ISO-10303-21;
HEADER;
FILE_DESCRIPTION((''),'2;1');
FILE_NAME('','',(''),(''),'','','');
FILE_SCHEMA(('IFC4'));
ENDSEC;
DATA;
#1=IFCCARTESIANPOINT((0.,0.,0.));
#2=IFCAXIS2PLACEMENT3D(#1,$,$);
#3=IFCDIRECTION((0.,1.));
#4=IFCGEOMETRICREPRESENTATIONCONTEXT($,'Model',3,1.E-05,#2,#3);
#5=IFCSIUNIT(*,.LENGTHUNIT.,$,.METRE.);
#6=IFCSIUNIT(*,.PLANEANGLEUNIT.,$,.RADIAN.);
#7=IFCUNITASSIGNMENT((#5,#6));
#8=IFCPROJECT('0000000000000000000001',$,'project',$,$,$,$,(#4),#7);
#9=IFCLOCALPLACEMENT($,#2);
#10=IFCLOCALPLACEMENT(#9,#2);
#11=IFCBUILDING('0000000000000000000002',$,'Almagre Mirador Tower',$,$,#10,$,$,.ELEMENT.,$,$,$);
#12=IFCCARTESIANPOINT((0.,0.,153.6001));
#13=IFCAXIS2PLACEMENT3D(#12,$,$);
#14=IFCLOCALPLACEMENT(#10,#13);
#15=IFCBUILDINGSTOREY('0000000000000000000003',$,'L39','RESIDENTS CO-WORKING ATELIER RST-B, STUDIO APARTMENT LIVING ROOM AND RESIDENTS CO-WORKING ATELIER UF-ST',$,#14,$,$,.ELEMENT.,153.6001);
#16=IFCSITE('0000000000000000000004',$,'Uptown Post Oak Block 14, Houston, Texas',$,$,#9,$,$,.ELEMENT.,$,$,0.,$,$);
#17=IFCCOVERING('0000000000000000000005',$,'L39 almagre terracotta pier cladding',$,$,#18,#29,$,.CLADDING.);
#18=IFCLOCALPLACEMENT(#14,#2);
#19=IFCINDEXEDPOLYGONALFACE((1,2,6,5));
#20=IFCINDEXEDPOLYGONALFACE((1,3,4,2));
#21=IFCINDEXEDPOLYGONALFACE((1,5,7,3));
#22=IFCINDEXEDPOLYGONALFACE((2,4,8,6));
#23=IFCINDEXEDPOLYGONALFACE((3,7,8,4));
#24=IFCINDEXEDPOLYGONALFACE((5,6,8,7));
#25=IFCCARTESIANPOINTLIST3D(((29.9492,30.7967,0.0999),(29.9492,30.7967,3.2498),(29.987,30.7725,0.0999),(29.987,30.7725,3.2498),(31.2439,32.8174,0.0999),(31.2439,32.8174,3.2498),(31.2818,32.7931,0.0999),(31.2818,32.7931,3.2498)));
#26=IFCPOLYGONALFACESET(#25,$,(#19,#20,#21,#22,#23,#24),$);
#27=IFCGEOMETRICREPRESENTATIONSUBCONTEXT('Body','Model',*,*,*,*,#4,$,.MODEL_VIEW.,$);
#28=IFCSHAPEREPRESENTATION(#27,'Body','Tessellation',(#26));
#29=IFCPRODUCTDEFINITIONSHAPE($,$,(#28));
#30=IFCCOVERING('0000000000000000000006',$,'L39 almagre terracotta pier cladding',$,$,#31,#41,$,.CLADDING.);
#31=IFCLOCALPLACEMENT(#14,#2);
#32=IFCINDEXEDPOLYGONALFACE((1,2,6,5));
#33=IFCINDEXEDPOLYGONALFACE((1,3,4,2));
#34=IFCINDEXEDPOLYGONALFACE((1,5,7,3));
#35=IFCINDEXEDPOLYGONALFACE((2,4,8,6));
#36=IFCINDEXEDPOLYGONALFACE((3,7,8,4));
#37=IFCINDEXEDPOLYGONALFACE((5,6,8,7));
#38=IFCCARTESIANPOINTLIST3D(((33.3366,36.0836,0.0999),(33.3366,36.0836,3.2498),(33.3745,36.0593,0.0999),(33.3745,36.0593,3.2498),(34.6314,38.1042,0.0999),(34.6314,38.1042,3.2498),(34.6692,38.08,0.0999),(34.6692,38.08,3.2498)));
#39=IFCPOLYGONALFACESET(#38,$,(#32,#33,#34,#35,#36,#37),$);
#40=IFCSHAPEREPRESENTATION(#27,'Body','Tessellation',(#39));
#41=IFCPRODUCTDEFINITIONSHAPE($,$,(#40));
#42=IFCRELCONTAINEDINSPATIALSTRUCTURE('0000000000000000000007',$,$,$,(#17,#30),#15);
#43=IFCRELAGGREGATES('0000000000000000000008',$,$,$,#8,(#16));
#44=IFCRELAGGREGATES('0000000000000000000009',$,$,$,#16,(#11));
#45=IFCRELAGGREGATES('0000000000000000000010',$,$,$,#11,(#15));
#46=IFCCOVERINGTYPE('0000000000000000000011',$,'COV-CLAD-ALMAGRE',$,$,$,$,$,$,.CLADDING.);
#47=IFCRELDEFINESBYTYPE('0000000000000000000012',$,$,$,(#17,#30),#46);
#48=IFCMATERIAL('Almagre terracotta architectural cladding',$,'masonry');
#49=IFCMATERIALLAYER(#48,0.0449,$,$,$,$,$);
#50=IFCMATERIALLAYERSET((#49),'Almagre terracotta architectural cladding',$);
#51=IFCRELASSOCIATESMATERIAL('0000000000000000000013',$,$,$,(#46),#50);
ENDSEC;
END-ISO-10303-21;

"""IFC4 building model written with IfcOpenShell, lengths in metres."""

from ifc_helpers import new_model, si_unit, direction, frame, origin, origin_2d, place, context, subcontext, project, spatial, rectangle, extrude, material, layer, layer_set, type_object, element, save


model = new_model("IFC4")

# Units and contexts
model_context = context("Model", 3, precision=1e-05, world=origin(), true_north=direction((0.0, 1.0)))
body_context = subcontext(model_context, "Body", "Model", "MODEL_VIEW")
ifc_project = project(units=[si_unit("LENGTHUNIT", "METRE"), si_unit("PLANEANGLEUNIT", "RADIAN")], contexts=[model_context])

# Site, building, storey
site_placement = place(None, origin())
site = spatial("IfcSite", under=ifc_project, at=site_placement, Name="Uptown Post Oak Block 14, Houston, Texas", CompositionType="ELEMENT", RefElevation=0.0)
building_placement = place(site_placement, origin())
building = spatial("IfcBuilding", under=site, at=building_placement, Name="Almagre Mirador Tower", CompositionType="ELEMENT")
storey_placement = place(building_placement, frame((0.0, 0.0, 153.6001)))
storey = spatial("IfcBuildingStorey", under=building, at=storey_placement, Name="L39", Description="RESIDENTS CO-WORKING ATELIER RST-B, STUDIO APARTMENT LIVING ROOM AND RESIDENTS CO-WORKING ATELIER UF-ST", CompositionType="ELEMENT", Elevation=153.6001)

# Coverings
ifc_material_1 = material(Name="Almagre terracotta architectural cladding", Category="masonry")
ifc_layer_1 = layer(ifc_material_1, 0.0449)
ifc_layer_set_1 = layer_set([ifc_layer_1], Name="Almagre terracotta architectural cladding")
covering_type = type_object("IfcCoveringType", Name="COV-CLAD-ALMAGRE", PredefinedType="CLADDING", material=ifc_layer_set_1)
for number, where, z_axis, x_axis, name in (
    (1, (30.6155, 31.7949, 0.0999), (0.0, 0.0, 1.0), (0.539506, 0.841982, 0.0), "L39 almagre terracotta pier cladding"),
    (2, (34.0029, 37.0818, 0.0999), (0.0, 0.0, 1.0), (0.539506, 0.841982, 0.0), "L39 almagre terracotta pier cladding"),
):
    element("IfcCovering", number, at=place(storey_placement, frame(where, z_axis=z_axis, x_axis=x_axis)), inside=storey, type_object=covering_type, Name=name, PredefinedType="CLADDING", context=body_context, shape_type="SweptSolid", body=[
        extrude(rectangle(XDim=2.3999, YDim=0.0449, at=origin_2d()), origin(), (0.0, 0.0, 1.0), 3.1499),
    ])

save(model, "model.ifc")
